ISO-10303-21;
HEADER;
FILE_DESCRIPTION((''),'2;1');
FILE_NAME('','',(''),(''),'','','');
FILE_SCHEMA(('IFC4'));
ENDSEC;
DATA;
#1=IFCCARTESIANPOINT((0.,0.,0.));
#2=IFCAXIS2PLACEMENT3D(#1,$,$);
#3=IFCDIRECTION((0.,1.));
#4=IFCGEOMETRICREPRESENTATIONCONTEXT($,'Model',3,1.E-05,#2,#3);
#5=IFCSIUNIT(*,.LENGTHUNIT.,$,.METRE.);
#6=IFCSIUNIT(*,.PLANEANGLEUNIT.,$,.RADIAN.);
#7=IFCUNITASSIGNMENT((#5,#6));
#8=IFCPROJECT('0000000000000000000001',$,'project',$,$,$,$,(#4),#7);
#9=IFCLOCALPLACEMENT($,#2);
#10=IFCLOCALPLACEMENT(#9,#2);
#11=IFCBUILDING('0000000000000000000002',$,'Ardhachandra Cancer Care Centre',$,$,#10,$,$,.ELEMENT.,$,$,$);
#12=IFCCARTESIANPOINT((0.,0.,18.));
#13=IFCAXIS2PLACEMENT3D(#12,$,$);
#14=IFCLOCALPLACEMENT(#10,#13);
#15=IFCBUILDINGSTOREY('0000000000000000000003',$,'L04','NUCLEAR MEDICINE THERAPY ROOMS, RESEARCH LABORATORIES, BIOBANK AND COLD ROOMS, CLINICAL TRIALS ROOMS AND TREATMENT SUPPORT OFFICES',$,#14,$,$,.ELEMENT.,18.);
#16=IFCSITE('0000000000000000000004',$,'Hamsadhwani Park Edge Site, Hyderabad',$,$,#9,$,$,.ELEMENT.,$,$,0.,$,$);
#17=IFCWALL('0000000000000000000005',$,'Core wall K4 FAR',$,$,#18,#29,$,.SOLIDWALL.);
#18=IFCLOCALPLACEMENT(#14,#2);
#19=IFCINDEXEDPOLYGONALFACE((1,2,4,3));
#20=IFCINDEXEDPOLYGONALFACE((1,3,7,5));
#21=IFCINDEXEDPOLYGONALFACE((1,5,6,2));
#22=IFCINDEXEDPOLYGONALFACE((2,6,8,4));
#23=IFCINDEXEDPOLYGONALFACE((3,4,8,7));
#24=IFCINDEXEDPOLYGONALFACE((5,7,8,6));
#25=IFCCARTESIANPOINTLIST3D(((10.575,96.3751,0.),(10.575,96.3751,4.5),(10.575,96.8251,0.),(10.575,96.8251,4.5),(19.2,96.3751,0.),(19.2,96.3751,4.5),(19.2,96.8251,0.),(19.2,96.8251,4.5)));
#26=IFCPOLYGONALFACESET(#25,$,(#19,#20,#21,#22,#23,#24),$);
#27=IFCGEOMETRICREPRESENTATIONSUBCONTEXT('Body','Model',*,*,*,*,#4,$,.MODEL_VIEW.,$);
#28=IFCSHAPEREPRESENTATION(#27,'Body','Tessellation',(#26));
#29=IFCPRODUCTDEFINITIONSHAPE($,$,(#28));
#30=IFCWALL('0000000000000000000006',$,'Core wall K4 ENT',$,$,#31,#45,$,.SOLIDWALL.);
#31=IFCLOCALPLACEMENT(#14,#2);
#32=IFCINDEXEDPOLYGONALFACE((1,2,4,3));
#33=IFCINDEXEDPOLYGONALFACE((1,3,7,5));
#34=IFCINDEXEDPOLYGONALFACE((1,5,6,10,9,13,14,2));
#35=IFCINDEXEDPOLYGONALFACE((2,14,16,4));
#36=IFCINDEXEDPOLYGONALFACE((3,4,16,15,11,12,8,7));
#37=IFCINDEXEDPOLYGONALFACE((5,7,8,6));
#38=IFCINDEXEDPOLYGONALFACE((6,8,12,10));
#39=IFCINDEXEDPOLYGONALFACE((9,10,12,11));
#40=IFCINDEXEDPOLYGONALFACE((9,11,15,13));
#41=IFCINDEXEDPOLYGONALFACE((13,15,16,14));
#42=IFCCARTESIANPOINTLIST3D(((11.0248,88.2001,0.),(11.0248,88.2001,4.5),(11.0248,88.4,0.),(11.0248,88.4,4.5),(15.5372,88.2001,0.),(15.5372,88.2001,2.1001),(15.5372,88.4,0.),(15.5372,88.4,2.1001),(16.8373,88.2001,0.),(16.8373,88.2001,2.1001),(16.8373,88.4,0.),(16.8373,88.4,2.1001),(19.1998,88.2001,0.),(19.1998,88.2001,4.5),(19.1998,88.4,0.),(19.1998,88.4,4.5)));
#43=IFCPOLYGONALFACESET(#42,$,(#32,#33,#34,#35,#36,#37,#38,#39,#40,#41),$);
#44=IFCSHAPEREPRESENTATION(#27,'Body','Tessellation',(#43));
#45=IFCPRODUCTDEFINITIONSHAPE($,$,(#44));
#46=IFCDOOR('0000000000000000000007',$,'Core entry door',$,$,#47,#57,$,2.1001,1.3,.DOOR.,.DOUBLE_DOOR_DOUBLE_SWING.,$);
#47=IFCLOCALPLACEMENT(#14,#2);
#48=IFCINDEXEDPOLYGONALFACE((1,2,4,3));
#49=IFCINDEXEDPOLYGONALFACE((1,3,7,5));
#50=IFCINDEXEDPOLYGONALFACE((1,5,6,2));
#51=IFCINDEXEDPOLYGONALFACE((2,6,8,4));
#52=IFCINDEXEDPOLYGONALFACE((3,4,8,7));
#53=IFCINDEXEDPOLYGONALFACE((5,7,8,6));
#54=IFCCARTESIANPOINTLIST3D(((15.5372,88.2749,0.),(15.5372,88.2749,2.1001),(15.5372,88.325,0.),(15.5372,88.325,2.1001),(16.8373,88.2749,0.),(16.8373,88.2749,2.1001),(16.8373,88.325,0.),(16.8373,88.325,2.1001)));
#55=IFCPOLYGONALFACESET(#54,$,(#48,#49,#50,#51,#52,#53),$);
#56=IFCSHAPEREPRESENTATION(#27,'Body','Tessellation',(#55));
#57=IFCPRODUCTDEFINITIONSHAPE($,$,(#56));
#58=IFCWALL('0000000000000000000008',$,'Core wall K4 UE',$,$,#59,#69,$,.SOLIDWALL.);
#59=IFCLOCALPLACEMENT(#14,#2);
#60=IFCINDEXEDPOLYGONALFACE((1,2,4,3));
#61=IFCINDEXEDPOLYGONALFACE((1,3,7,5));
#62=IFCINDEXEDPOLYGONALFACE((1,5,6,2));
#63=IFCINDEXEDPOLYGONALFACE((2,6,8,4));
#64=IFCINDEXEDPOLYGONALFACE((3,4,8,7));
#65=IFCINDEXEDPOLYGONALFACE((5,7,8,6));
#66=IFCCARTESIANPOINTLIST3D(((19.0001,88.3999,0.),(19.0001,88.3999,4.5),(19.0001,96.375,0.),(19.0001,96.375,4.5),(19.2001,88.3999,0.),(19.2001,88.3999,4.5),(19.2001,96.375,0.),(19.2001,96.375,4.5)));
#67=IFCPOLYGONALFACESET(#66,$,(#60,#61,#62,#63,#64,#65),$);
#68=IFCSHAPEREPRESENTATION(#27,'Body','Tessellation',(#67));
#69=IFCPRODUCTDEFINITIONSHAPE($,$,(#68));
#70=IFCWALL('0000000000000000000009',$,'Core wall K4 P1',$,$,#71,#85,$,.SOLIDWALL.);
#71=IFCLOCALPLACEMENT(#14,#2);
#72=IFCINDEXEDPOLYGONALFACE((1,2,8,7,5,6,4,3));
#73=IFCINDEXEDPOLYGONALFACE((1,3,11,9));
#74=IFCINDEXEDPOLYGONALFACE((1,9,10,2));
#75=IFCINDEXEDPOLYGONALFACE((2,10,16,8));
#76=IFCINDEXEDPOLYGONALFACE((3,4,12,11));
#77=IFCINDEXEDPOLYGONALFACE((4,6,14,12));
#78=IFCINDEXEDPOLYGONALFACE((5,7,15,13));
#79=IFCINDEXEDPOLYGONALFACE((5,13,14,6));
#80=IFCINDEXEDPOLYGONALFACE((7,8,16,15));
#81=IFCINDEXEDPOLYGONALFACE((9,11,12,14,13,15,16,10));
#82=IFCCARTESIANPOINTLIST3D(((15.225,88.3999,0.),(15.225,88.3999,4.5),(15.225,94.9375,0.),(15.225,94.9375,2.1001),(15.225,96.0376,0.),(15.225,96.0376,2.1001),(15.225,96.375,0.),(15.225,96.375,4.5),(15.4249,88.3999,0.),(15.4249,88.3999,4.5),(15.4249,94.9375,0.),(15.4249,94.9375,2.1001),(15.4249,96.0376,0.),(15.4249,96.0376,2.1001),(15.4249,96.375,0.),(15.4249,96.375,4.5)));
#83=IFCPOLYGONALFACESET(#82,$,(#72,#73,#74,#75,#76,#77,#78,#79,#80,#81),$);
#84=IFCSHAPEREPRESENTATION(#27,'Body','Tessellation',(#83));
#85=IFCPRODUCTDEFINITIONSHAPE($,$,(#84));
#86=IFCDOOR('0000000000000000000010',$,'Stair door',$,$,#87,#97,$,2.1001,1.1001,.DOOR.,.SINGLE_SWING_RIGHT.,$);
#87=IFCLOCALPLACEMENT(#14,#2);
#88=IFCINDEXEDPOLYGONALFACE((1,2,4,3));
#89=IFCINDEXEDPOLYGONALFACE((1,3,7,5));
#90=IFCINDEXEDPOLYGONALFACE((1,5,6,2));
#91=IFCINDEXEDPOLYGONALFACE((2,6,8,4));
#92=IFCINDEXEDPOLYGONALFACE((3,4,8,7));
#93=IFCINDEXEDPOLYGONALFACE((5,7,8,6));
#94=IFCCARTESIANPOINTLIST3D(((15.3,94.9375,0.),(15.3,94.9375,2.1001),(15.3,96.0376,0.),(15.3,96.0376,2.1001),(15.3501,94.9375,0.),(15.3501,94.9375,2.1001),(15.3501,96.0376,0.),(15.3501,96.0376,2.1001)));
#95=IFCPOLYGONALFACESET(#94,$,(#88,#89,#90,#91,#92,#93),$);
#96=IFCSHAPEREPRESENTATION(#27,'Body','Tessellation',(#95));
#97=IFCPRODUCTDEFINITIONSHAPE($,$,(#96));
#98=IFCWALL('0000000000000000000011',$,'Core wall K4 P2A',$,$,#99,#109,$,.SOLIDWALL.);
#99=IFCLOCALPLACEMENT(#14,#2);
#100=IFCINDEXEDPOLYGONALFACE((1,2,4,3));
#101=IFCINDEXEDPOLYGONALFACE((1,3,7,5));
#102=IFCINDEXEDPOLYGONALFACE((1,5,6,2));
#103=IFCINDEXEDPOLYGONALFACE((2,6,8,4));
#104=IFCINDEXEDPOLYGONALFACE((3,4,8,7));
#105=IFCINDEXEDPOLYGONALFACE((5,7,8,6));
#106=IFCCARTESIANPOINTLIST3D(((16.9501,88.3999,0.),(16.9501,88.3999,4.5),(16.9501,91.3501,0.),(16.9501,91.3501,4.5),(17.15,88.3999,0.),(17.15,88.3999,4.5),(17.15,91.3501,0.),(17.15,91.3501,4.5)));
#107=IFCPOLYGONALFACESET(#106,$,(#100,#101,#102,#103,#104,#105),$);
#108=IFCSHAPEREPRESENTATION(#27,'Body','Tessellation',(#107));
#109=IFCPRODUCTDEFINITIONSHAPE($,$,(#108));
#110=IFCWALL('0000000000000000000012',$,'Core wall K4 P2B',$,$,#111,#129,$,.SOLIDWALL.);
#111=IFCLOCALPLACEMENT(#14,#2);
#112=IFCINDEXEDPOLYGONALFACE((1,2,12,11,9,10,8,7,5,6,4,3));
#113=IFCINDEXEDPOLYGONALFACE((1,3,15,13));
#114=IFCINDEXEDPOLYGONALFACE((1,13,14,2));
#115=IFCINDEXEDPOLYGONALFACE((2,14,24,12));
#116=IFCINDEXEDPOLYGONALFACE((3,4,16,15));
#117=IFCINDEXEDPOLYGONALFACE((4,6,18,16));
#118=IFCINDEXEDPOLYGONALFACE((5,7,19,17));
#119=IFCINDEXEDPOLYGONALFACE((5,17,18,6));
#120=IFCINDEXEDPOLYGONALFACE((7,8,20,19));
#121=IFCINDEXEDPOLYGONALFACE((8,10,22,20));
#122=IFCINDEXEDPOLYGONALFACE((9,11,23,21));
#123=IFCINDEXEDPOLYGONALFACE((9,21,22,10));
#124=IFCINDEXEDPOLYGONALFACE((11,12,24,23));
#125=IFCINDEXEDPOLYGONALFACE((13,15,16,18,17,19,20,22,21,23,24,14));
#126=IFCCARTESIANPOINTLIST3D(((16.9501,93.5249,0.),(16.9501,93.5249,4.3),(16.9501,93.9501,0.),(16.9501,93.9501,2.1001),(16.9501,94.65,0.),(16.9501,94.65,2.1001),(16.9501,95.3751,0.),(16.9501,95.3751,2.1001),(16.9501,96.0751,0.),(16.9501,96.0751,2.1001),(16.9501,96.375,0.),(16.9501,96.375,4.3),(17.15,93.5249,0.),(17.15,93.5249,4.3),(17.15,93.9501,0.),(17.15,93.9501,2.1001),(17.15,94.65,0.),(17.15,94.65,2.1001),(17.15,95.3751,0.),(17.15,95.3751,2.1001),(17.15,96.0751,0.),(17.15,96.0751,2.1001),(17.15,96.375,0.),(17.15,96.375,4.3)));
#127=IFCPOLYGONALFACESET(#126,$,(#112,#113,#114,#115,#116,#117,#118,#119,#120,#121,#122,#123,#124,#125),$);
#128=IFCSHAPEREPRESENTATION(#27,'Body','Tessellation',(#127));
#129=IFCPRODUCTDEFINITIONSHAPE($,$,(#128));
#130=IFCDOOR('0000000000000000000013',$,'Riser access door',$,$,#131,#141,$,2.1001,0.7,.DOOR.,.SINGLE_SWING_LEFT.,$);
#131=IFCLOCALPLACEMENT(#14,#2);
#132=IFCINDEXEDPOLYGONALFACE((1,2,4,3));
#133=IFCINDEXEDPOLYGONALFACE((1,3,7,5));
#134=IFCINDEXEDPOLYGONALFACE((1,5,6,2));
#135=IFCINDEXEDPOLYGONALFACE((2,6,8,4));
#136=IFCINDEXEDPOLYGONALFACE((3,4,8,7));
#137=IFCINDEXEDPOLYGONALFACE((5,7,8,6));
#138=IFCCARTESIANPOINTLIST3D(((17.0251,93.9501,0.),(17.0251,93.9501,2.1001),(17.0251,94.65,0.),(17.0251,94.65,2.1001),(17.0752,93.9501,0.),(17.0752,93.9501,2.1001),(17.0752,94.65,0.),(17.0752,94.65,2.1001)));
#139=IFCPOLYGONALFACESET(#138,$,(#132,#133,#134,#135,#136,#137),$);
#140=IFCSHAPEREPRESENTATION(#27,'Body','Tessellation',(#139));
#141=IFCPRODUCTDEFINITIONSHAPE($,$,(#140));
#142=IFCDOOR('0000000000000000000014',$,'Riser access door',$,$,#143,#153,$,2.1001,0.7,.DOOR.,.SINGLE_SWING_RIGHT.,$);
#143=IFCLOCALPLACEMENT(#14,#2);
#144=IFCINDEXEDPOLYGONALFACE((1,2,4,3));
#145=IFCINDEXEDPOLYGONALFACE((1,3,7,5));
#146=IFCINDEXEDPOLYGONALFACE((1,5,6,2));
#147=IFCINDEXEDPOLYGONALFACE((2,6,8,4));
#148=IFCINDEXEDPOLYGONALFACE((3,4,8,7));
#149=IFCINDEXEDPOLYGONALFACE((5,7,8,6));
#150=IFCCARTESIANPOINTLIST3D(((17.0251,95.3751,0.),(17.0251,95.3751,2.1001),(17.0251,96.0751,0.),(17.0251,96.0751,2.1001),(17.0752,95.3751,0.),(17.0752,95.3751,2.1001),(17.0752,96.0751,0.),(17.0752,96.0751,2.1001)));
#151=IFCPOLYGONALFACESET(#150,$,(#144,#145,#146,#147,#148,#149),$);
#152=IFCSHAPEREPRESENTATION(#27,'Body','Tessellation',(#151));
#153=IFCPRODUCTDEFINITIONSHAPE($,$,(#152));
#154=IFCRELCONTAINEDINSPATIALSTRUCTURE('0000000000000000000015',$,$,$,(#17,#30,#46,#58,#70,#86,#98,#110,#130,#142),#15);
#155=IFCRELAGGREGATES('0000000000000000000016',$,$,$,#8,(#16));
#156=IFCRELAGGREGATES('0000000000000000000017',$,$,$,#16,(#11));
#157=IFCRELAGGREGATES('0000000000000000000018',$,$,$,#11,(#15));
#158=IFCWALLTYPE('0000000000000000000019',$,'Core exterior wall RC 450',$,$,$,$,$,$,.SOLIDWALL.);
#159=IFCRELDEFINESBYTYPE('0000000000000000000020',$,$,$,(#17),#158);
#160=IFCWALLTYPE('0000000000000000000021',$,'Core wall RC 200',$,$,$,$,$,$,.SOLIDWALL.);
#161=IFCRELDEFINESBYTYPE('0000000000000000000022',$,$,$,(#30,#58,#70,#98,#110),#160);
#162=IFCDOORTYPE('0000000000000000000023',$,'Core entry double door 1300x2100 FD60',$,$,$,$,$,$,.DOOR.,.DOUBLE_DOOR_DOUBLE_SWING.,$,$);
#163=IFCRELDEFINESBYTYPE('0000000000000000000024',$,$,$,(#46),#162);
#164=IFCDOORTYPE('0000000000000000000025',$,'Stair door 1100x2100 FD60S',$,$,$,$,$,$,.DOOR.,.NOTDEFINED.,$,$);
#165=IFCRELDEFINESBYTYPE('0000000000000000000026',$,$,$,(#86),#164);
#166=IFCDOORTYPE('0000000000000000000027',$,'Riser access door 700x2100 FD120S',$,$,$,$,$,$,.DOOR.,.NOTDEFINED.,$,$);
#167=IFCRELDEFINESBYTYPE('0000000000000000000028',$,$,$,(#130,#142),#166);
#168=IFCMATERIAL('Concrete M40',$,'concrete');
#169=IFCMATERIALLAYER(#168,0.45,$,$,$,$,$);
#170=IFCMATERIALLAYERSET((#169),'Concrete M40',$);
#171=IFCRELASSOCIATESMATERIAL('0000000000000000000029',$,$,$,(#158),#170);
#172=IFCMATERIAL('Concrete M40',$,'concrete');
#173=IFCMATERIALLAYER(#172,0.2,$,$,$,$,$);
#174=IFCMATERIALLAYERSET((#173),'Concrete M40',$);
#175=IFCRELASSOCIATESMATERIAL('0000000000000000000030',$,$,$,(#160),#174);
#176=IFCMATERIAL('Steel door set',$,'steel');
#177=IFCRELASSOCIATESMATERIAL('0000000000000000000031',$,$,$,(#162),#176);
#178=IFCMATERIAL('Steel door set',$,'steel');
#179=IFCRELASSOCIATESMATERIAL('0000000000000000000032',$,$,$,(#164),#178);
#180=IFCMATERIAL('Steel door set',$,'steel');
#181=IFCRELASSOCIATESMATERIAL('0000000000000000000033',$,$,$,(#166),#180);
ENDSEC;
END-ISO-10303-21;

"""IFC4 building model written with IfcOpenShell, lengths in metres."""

from ifc_helpers import new_model, si_unit, direction, frame, frame_2d, origin, place, context, subcontext, project, spatial, rectangle, extrude, material, layer, layer_set, type_object, element, fill, save


model = new_model("IFC4")

# Units and contexts
model_context = context("Model", 3, precision=1e-05, world=origin(), true_north=direction((0.0, 1.0)))
body_context = subcontext(model_context, "Body", "Model", "MODEL_VIEW")
ifc_project = project(units=[si_unit("LENGTHUNIT", "METRE"), si_unit("PLANEANGLEUNIT", "RADIAN")], contexts=[model_context])

# Site, building, storey
site_placement = place(None, origin())
site = spatial("IfcSite", under=ifc_project, at=site_placement, Name="Hamsadhwani Park Edge Site, Hyderabad", CompositionType="ELEMENT", RefElevation=0.0)
building_placement = place(site_placement, origin())
building = spatial("IfcBuilding", under=site, at=building_placement, Name="Ardhachandra Cancer Care Centre", CompositionType="ELEMENT")
storey_placement = place(building_placement, frame((0.0, 0.0, 18.0)))
storey = spatial("IfcBuildingStorey", under=building, at=storey_placement, Name="L04", Description="NUCLEAR MEDICINE THERAPY ROOMS, RESEARCH LABORATORIES, BIOBANK AND COLD ROOMS, CLINICAL TRIALS ROOMS AND TREATMENT SUPPORT OFFICES", CompositionType="ELEMENT", Elevation=18.0)

# Wall
ifc_material_1 = material(Name="Concrete M40", Category="concrete")
ifc_layer_1 = layer(ifc_material_1, 0.45)
ifc_layer_set_1 = layer_set([ifc_layer_1], Name="Concrete M40")
wall_type_1 = type_object("IfcWallType", Name="Core exterior wall RC 450", PredefinedType="SOLIDWALL", material=ifc_layer_set_1)
wall_1_placement = place(storey_placement, frame((10.575, 96.6001, 0.0), z_axis=(0.0, 0.0, 1.0), x_axis=(1.0, 0.0, 0.0)))
element("IfcWall", 1, at=wall_1_placement, inside=storey, type_object=wall_type_1, Name="Core wall K4 FAR", PredefinedType="SOLIDWALL", context=body_context, shape_type="SweptSolid", body=[
    extrude(rectangle(XDim=8.625, YDim=0.45, at=frame_2d((4.3125, 0.0))), origin(), (0.0, 0.0, 1.0), 4.5),
])

# Wall, opening, door
ifc_material_2 = material(Name="Concrete M40", Category="concrete")
ifc_layer_2 = layer(ifc_material_2, 0.2)
ifc_layer_set_2 = layer_set([ifc_layer_2], Name="Concrete M40")
wall_type_2 = type_object("IfcWallType", Name="Core wall RC 200", PredefinedType="SOLIDWALL", material=ifc_layer_set_2)
wall_2_placement = place(storey_placement, frame((11.0249, 88.3, 0.0), z_axis=(0.0, 0.0, 1.0), x_axis=(1.0, 0.0, 0.0)))
wall_2 = element("IfcWall", 2, at=wall_2_placement, inside=storey, type_object=wall_type_2, Name="Core wall K4 ENT", PredefinedType="SOLIDWALL", context=body_context, shape_type="SweptSolid", body=[
    extrude(rectangle(XDim=8.175, YDim=0.2, at=frame_2d((4.0874, 0.0))), origin(), (0.0, 0.0, 1.0), 4.5),
])
opening_1_placement = place(wall_2_placement, frame((4.5125, 0.0, 0.0)))
opening_1 = element("IfcOpeningElement", 3, at=opening_1_placement, cuts=wall_2, PredefinedType="OPENING", context=body_context, shape_type="SweptSolid", body=[
    extrude(rectangle(XDim=1.3, YDim=2.1001, at=frame_2d((0.6499, 1.05))), frame((0.0, 0.1099, 0.0), z_axis=(0.0, -1.0, 0.0), x_axis=(1.0, 0.0, 0.0)), (0.0, 0.0, 1.0), 0.22),
])
ifc_material_3 = material(Name="Steel door set", Category="steel")
door_type_1 = type_object("IfcDoorType", Name="Core entry double door 1300x2100 FD60", OperationType="DOUBLE_DOOR_DOUBLE_SWING", PredefinedType="DOOR", material=ifc_material_3)
door_1_placement = place(opening_1_placement, origin())
door_1 = element("IfcDoor", 4, at=door_1_placement, inside=storey, type_object=door_type_1, Name="Core entry door", OperationType="DOUBLE_DOOR_DOUBLE_SWING", OverallHeight=2.1001, OverallWidth=1.3, PredefinedType="DOOR", context=body_context, shape_type="SweptSolid", body=[
    extrude(rectangle(XDim=1.3, YDim=2.1001, at=frame_2d((0.6499, 1.05))), frame((0.0, 0.0249, 0.0), z_axis=(0.0, -1.0, 0.0), x_axis=(1.0, 0.0, 0.0)), (0.0, 0.0, 1.0), 0.05),
])
fill(opening_1, door_1)

# Wall
wall_3_placement = place(storey_placement, frame((19.1001, 88.3999, 0.0), z_axis=(0.0, 0.0, 1.0), x_axis=(0.0, 1.0, 0.0)))
element("IfcWall", 5, at=wall_3_placement, inside=storey, type_object=wall_type_2, Name="Core wall K4 UE", PredefinedType="SOLIDWALL", context=body_context, shape_type="SweptSolid", body=[
    extrude(rectangle(XDim=7.9751, YDim=0.2, at=frame_2d((3.9875, 0.0))), origin(), (0.0, 0.0, 1.0), 4.5),
])

# Wall, opening, door
wall_4_placement = place(storey_placement, frame((15.325, 88.3999, 0.0), z_axis=(0.0, 0.0, 1.0), x_axis=(0.0, 1.0, 0.0)))
wall_4 = element("IfcWall", 6, at=wall_4_placement, inside=storey, type_object=wall_type_2, Name="Core wall K4 P1", PredefinedType="SOLIDWALL", context=body_context, shape_type="SweptSolid", body=[
    extrude(rectangle(XDim=7.9751, YDim=0.2, at=frame_2d((3.9875, 0.0))), origin(), (0.0, 0.0, 1.0), 4.5),
])
opening_2_placement = place(wall_4_placement, frame((6.5376, 0.0, 0.0)))
opening_2 = element("IfcOpeningElement", 7, at=opening_2_placement, cuts=wall_4, PredefinedType="OPENING", context=body_context, shape_type="SweptSolid", body=[
    extrude(rectangle(XDim=1.1001, YDim=2.1001, at=frame_2d((0.55, 1.05))), frame((0.0, 0.1099, 0.0), z_axis=(0.0, -1.0, 0.0), x_axis=(1.0, 0.0, 0.0)), (0.0, 0.0, 1.0), 0.22),
])
ifc_material_4 = material(Name="Steel door set", Category="steel")
door_type_2 = type_object("IfcDoorType", Name="Stair door 1100x2100 FD60S", OperationType="NOTDEFINED", PredefinedType="DOOR", material=ifc_material_4)
door_2_placement = place(opening_2_placement, origin())
door_2 = element("IfcDoor", 8, at=door_2_placement, inside=storey, type_object=door_type_2, Name="Stair door", OperationType="SINGLE_SWING_RIGHT", OverallHeight=2.1001, OverallWidth=1.1001, PredefinedType="DOOR", context=body_context, shape_type="SweptSolid", body=[
    extrude(rectangle(XDim=1.1001, YDim=2.1001, at=frame_2d((0.55, 1.05))), frame((0.0, 0.0249, 0.0), z_axis=(0.0, -1.0, 0.0), x_axis=(1.0, 0.0, 0.0)), (0.0, 0.0, 1.0), 0.05),
])
fill(opening_2, door_2)

# Wall
wall_5_placement = place(storey_placement, frame((17.05, 88.3999, 0.0), z_axis=(0.0, 0.0, 1.0), x_axis=(0.0, 1.0, 0.0)))
element("IfcWall", 9, at=wall_5_placement, inside=storey, type_object=wall_type_2, Name="Core wall K4 P2A", PredefinedType="SOLIDWALL", context=body_context, shape_type="SweptSolid", body=[
    extrude(rectangle(XDim=2.9502, YDim=0.2, at=frame_2d((1.4751, 0.0))), origin(), (0.0, 0.0, 1.0), 4.5),
])

# Wall, openings, doors
wall_6_placement = place(storey_placement, frame((17.05, 93.5249, 0.0), z_axis=(0.0, 0.0, 1.0), x_axis=(0.0, 1.0, 0.0)))
wall_6 = element("IfcWall", 10, at=wall_6_placement, inside=storey, type_object=wall_type_2, Name="Core wall K4 P2B", PredefinedType="SOLIDWALL", context=body_context, shape_type="SweptSolid", body=[
    extrude(rectangle(XDim=2.8501, YDim=0.2, at=frame_2d((1.425, 0.0))), origin(), (0.0, 0.0, 1.0), 4.3),
])
opening_3_placement = place(wall_6_placement, frame((0.425, 0.0, 0.0)))
opening_3 = element("IfcOpeningElement", 11, at=opening_3_placement, cuts=wall_6, PredefinedType="OPENING", context=body_context, shape_type="SweptSolid", body=[
    extrude(rectangle(XDim=0.7, YDim=2.1001, at=frame_2d((0.3501, 1.05))), frame((0.0, 0.1099, 0.0), z_axis=(0.0, -1.0, 0.0), x_axis=(1.0, 0.0, 0.0)), (0.0, 0.0, 1.0), 0.22),
])
opening_4_placement = place(wall_6_placement, frame((1.8501, 0.0, 0.0)))
opening_4 = element("IfcOpeningElement", 12, at=opening_4_placement, cuts=wall_6, PredefinedType="OPENING", context=body_context, shape_type="SweptSolid", body=[
    extrude(rectangle(XDim=0.7, YDim=2.1001, at=frame_2d((0.3501, 1.05))), frame((0.0, 0.1099, 0.0), z_axis=(0.0, -1.0, 0.0), x_axis=(1.0, 0.0, 0.0)), (0.0, 0.0, 1.0), 0.22),
])
ifc_material_5 = material(Name="Steel door set", Category="steel")
door_type_3 = type_object("IfcDoorType", Name="Riser access door 700x2100 FD120S", OperationType="NOTDEFINED", PredefinedType="DOOR", material=ifc_material_5)
door_3_placement = place(opening_3_placement, origin())
door_3 = element("IfcDoor", 13, at=door_3_placement, inside=storey, type_object=door_type_3, Name="Riser access door", OperationType="SINGLE_SWING_LEFT", OverallHeight=2.1001, OverallWidth=0.7, PredefinedType="DOOR", context=body_context, shape_type="SweptSolid", body=[
    extrude(rectangle(XDim=0.7, YDim=2.1001, at=frame_2d((0.3501, 1.05))), frame((0.0, 0.0249, 0.0), z_axis=(0.0, -1.0, 0.0), x_axis=(1.0, 0.0, 0.0)), (0.0, 0.0, 1.0), 0.05),
])
fill(opening_3, door_3)
door_4_placement = place(opening_4_placement, origin())
door_4 = element("IfcDoor", 14, at=door_4_placement, inside=storey, type_object=door_type_3, Name="Riser access door", OperationType="SINGLE_SWING_RIGHT", OverallHeight=2.1001, OverallWidth=0.7, PredefinedType="DOOR", context=body_context, shape_type="SweptSolid", body=[
    extrude(rectangle(XDim=0.7, YDim=2.1001, at=frame_2d((0.3501, 1.05))), frame((0.0, 0.0249, 0.0), z_axis=(0.0, -1.0, 0.0), x_axis=(1.0, 0.0, 0.0)), (0.0, 0.0, 1.0), 0.05),
])
fill(opening_4, door_4)

save(model, "model.ifc")
